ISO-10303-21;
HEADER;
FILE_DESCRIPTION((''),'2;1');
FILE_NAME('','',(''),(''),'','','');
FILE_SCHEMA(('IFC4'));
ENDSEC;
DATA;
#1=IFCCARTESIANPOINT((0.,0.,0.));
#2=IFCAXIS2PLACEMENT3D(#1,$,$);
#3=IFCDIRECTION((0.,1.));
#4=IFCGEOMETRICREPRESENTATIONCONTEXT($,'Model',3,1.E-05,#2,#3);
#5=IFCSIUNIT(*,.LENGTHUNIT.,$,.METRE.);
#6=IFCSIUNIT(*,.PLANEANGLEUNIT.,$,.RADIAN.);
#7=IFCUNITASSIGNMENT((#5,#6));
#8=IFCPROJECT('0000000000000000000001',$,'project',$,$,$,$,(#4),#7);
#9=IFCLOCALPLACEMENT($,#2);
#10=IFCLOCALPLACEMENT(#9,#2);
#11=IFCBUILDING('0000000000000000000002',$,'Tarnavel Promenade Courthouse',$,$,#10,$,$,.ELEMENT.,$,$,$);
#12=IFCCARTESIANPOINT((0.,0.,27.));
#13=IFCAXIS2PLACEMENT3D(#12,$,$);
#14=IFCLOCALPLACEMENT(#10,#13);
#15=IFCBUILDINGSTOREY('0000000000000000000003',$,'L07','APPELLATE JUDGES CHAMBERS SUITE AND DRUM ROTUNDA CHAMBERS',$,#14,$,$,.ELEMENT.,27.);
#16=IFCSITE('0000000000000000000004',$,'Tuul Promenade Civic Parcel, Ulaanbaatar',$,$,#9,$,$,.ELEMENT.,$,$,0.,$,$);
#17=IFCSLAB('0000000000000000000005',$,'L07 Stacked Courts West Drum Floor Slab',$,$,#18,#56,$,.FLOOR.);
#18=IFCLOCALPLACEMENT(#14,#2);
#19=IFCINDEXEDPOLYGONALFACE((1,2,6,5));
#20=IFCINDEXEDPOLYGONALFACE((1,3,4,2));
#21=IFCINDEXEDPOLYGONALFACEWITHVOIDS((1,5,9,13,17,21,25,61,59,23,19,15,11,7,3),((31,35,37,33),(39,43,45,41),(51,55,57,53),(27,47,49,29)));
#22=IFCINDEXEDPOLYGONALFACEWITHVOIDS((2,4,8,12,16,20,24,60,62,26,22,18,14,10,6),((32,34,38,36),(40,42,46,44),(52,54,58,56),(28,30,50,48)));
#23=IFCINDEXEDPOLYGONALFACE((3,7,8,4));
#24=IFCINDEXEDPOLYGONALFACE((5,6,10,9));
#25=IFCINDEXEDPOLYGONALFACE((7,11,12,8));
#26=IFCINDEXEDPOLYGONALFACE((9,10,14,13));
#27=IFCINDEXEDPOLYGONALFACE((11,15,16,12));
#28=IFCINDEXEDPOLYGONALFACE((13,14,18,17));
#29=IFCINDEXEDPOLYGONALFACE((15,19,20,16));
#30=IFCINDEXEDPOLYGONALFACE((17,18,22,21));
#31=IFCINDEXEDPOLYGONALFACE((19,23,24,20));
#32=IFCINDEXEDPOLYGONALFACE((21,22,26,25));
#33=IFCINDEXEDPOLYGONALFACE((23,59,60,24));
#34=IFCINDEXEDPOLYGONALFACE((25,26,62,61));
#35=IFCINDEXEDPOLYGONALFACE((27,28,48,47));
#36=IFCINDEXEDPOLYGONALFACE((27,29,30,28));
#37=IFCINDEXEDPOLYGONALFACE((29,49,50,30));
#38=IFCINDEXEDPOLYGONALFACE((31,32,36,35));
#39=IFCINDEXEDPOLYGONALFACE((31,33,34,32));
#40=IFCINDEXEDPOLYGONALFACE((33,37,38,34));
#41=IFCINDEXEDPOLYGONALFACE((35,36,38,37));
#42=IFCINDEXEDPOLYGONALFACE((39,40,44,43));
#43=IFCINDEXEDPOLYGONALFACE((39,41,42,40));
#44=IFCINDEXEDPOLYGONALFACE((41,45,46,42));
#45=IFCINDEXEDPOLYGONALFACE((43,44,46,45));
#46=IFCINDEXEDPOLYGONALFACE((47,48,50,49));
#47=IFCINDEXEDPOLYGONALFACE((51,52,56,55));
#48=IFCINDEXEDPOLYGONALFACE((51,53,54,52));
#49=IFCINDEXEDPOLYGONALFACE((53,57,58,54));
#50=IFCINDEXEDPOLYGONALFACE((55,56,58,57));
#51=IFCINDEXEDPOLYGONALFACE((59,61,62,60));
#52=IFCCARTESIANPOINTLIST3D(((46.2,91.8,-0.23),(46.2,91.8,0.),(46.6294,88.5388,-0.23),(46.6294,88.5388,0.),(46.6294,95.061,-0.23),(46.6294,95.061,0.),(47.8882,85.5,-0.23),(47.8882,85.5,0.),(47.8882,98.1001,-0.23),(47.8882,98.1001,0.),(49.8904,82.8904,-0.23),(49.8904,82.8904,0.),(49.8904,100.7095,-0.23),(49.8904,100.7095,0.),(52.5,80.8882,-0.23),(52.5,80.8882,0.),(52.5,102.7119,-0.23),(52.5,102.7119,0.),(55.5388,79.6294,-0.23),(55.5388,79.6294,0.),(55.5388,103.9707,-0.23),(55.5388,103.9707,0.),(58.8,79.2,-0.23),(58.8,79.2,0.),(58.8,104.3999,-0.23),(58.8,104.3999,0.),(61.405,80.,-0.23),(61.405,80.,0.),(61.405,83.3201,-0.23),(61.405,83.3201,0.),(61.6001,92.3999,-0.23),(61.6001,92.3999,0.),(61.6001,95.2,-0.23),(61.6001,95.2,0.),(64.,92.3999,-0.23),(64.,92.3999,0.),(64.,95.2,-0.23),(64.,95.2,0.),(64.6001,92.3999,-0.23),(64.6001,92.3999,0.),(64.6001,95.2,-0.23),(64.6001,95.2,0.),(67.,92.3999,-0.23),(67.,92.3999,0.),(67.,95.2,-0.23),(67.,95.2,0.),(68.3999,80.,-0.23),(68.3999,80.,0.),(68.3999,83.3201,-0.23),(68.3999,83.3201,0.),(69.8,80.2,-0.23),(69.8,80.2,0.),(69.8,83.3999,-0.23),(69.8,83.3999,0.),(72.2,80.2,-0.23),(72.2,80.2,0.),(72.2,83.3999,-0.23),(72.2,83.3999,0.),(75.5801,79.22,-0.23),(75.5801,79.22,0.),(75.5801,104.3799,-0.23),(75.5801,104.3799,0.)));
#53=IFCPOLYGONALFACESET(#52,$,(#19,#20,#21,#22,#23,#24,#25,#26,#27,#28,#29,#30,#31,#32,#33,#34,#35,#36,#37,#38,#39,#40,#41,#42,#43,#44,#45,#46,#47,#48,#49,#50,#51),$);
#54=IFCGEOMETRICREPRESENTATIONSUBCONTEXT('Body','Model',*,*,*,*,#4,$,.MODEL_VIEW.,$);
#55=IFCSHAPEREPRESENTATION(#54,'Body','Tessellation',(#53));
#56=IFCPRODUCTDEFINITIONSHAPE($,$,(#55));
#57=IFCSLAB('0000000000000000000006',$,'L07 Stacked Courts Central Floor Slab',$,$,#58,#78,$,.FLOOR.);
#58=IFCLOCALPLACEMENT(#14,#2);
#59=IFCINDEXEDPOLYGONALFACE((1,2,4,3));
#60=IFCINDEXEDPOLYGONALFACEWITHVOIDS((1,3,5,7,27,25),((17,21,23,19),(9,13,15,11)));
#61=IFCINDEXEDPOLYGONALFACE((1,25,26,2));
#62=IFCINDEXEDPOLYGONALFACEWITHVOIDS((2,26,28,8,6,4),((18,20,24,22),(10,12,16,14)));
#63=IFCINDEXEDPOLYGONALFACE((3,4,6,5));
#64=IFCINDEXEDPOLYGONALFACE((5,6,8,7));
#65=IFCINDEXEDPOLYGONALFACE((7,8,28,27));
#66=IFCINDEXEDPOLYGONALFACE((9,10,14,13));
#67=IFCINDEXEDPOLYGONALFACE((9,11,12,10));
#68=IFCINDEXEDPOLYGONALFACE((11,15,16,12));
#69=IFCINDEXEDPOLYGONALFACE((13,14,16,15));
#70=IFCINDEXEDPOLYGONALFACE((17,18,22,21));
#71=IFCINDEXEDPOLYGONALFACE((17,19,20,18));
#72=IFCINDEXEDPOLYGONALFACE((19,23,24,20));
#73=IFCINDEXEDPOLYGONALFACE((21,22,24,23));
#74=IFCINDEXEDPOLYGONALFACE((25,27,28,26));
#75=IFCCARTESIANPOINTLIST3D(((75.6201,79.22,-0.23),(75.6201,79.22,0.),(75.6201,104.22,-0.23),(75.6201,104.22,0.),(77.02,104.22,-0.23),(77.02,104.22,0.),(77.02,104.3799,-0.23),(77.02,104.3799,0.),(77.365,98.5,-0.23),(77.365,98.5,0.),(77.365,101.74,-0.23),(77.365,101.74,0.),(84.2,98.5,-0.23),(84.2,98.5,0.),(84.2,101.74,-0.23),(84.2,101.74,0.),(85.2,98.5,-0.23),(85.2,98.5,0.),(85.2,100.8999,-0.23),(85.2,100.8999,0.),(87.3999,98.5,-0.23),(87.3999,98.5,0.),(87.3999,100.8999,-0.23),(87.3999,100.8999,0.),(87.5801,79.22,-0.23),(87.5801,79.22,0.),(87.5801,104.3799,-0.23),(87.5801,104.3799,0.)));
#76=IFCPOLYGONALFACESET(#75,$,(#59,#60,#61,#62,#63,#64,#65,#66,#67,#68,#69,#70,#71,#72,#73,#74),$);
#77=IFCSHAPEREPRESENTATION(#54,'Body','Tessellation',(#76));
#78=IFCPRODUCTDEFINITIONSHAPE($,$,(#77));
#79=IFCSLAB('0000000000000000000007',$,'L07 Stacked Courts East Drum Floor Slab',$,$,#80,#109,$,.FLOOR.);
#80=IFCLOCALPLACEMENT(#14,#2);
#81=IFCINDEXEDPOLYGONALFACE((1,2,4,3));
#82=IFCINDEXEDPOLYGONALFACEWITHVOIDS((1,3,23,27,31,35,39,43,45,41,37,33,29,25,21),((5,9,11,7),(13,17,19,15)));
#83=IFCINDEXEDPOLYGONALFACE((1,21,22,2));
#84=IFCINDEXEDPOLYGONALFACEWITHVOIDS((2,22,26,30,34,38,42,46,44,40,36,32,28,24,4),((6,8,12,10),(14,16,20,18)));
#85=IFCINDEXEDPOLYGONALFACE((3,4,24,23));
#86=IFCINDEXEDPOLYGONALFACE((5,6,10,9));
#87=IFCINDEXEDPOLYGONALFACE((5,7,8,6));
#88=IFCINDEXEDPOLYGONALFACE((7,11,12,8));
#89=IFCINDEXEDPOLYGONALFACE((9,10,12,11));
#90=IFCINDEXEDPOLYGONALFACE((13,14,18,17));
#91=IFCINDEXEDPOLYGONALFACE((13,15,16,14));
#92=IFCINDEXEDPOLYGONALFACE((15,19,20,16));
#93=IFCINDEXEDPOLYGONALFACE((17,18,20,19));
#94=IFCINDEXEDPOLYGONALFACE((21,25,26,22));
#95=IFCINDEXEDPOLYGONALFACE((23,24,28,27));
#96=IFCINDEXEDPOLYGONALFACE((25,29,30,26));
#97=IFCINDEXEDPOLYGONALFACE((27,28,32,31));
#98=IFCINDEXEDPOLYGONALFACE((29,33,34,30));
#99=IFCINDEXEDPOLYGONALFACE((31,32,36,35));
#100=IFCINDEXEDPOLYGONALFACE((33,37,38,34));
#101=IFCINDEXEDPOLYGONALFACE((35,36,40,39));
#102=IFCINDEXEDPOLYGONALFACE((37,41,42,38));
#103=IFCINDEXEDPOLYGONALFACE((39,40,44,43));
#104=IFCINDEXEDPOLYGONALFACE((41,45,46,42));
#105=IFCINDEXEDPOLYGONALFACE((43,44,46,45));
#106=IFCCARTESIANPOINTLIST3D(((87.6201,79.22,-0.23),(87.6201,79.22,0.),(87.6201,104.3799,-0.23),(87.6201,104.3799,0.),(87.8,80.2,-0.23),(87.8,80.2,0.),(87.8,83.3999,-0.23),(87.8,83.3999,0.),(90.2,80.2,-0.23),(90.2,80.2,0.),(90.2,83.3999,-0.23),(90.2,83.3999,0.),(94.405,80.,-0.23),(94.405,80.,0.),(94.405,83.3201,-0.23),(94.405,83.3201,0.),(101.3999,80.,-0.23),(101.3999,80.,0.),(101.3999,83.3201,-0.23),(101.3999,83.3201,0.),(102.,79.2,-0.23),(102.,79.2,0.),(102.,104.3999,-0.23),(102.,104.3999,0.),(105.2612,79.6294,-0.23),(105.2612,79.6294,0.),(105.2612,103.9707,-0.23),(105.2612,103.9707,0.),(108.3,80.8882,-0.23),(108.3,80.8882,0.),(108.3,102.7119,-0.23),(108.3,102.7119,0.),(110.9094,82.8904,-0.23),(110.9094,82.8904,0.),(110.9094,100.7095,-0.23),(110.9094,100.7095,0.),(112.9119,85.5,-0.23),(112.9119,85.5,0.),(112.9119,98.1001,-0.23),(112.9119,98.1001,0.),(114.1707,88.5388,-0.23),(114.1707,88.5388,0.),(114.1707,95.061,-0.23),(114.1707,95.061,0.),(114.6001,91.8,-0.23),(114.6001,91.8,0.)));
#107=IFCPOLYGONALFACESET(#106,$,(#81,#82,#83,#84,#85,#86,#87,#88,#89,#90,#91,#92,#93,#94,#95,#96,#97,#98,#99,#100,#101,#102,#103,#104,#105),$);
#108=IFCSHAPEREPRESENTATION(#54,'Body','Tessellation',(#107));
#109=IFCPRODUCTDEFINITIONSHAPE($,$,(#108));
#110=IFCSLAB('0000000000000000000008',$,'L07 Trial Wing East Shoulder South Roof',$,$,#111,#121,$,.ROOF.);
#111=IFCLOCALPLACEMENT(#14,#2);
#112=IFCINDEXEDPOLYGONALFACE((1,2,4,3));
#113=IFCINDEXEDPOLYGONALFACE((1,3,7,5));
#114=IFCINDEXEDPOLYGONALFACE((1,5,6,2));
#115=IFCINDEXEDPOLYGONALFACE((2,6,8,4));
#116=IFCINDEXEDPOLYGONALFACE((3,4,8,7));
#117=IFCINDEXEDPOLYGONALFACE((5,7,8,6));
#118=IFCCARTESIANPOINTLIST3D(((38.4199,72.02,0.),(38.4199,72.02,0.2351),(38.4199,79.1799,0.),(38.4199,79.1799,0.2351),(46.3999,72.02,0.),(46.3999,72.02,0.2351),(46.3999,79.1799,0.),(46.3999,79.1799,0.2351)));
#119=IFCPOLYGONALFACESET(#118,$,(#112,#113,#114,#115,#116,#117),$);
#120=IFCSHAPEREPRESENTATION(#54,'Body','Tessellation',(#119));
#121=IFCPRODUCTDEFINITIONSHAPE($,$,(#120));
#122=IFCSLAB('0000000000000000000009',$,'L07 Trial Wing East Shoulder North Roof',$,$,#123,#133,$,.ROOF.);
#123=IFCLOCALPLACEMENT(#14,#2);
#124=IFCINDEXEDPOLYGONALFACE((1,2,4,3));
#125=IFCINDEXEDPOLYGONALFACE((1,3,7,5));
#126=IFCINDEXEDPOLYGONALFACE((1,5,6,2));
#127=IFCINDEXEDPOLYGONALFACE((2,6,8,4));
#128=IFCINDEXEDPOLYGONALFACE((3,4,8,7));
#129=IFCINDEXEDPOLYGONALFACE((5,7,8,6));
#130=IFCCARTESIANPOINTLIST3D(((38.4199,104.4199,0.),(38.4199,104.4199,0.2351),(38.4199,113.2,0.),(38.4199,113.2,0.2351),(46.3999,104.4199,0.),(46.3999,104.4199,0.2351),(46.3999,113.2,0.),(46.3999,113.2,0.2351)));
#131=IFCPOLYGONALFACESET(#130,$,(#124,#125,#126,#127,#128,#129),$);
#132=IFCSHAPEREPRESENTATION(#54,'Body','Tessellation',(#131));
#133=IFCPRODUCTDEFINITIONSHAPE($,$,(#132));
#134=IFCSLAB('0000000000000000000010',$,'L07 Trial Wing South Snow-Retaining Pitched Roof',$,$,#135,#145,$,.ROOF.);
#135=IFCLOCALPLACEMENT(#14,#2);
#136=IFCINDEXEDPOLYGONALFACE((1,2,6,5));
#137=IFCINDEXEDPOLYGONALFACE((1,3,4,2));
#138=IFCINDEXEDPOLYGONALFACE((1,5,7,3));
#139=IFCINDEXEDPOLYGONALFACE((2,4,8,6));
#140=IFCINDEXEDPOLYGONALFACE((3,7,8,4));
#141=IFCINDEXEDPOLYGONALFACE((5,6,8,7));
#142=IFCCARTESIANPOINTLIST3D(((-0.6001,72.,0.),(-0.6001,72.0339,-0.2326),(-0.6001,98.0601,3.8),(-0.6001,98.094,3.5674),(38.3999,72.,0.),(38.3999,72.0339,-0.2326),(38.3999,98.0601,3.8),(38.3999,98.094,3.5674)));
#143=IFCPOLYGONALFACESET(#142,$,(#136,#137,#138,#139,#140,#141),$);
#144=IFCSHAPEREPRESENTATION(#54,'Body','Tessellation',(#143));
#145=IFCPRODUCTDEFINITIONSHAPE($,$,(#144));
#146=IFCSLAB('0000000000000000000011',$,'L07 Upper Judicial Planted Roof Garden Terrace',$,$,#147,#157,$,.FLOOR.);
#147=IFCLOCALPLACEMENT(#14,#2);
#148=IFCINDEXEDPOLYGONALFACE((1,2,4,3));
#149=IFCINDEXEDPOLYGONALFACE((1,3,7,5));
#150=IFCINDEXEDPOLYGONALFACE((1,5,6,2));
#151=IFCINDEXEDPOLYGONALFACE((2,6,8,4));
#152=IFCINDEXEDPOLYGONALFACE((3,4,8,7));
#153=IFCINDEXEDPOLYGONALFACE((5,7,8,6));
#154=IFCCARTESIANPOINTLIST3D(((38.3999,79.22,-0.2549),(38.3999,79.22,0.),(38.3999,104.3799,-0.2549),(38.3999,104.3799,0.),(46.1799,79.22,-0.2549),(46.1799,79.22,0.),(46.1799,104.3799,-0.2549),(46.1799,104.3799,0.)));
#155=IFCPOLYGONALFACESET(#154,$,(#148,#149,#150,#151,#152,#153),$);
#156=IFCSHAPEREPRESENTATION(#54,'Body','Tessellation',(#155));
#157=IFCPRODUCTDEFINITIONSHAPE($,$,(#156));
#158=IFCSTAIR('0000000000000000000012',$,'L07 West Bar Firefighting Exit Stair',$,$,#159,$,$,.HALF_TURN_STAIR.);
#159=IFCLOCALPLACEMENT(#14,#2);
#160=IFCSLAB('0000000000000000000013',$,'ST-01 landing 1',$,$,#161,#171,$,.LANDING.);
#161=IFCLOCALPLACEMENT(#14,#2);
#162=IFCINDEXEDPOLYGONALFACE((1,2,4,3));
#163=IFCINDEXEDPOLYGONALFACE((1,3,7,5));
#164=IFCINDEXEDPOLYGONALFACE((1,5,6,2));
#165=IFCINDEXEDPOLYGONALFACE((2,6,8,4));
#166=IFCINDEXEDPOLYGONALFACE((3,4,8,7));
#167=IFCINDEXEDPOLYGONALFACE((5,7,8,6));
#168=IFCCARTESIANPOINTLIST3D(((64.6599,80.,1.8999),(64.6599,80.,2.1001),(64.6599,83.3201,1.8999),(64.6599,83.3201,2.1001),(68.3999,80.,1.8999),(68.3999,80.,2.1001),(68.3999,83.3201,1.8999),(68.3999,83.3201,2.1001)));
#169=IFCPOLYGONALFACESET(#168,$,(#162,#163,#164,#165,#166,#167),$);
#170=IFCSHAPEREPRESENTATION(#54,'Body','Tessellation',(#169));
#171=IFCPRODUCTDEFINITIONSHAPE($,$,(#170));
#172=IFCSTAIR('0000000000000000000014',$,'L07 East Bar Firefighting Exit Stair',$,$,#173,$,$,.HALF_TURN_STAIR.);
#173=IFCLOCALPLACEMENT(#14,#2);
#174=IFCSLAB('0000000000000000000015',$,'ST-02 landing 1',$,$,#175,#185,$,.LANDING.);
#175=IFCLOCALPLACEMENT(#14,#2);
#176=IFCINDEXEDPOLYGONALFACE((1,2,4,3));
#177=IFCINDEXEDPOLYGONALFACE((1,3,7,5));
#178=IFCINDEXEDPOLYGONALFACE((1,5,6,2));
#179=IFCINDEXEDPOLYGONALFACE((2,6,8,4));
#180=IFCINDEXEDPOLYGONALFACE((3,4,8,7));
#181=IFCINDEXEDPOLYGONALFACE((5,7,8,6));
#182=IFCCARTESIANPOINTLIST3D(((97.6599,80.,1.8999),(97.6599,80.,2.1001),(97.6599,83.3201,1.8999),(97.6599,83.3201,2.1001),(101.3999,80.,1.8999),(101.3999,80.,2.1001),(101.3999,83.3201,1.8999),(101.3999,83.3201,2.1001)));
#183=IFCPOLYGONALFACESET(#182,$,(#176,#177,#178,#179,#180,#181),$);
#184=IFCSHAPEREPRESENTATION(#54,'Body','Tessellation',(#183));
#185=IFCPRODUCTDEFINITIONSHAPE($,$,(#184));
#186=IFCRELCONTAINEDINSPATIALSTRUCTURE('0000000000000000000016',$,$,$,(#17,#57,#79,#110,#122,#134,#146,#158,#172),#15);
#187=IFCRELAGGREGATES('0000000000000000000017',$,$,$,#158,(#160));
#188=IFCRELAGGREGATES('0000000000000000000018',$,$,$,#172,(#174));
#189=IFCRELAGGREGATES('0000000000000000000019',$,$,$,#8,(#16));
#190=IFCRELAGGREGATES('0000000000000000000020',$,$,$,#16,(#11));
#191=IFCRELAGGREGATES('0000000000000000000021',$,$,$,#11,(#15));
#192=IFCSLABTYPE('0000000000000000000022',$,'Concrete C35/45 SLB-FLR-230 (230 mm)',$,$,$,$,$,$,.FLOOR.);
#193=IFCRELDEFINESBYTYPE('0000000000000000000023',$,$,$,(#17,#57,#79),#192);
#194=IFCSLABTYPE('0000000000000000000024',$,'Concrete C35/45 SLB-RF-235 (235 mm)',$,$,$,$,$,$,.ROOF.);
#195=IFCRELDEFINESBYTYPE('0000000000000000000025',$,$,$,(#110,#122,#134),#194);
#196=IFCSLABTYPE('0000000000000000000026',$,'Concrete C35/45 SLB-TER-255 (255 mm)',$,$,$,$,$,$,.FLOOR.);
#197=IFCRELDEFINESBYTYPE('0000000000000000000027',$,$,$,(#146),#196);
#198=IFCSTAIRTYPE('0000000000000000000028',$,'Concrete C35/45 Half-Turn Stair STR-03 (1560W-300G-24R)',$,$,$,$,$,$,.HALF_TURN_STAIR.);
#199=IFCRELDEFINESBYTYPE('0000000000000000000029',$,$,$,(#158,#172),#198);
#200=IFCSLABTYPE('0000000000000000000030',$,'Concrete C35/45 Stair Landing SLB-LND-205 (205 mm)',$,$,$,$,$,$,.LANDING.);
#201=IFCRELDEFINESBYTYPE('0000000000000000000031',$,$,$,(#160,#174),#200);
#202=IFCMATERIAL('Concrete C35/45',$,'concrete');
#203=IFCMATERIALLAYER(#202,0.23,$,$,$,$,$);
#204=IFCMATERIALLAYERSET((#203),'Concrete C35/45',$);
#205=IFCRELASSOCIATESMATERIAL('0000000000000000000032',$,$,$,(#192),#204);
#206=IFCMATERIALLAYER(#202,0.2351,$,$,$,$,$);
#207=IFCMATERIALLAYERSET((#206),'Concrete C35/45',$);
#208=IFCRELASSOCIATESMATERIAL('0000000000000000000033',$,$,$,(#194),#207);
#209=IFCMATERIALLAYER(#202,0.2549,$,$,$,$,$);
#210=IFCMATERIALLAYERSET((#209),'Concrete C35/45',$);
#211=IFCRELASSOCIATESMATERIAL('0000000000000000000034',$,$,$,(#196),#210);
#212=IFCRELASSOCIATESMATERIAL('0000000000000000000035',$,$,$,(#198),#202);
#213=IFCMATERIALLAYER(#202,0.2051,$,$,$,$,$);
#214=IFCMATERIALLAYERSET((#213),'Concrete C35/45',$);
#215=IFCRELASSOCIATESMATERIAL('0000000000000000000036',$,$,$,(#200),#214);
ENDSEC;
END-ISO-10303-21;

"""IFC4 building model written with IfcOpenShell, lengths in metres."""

from ifc_helpers import new_model, si_unit, direction, frame, origin, place, context, subcontext, project, spatial, polyline, outline, extrude, material, layer, layer_set, type_object, element, aggregate, save


model = new_model("IFC4")

# Units and contexts
model_context = context("Model", 3, precision=1e-05, world=origin(), true_north=direction((0.0, 1.0)))
body_context = subcontext(model_context, "Body", "Model", "MODEL_VIEW")
ifc_project = project(units=[si_unit("LENGTHUNIT", "METRE"), si_unit("PLANEANGLEUNIT", "RADIAN")], contexts=[model_context])

# Site, building, storey
site_placement = place(None, origin())
site = spatial("IfcSite", under=ifc_project, at=site_placement, Name="Tuul Promenade Civic Parcel, Ulaanbaatar", CompositionType="ELEMENT", RefElevation=0.0)
building_placement = place(site_placement, origin())
building = spatial("IfcBuilding", under=site, at=building_placement, Name="Tarnavel Promenade Courthouse", CompositionType="ELEMENT")
storey_placement = place(building_placement, frame((0.0, 0.0, 27.0)))
storey = spatial("IfcBuildingStorey", under=building, at=storey_placement, Name="L07", Description="APPELLATE JUDGES CHAMBERS SUITE AND DRUM ROTUNDA CHAMBERS", CompositionType="ELEMENT", Elevation=27.0)

# Slabs
ifc_material_1 = material(Name="Concrete C35/45", Category="concrete")
ifc_layer_1 = layer(ifc_material_1, 0.23)
ifc_layer_set_1 = layer_set([ifc_layer_1], Name="Concrete C35/45")
slab_type_1 = type_object("IfcSlabType", Name="Concrete C35/45 SLB-FLR-230 (230 mm)", PredefinedType="FLOOR", material=ifc_layer_set_1)
slab_1_placement = place(storey_placement, frame((0.0, 0.0, -0.23)))
element("IfcSlab", 1, at=slab_1_placement, inside=storey, type_object=slab_type_1, Name="L07 Stacked Courts West Drum Floor Slab", PredefinedType="FLOOR", context=body_context, shape_type="SweptSolid", body=[
    extrude(outline(polyline([(75.5801, 79.22), (75.5801, 104.3799), (58.8, 104.3999), (55.5388, 103.9707), (52.5, 102.7119), (49.8904, 100.7095), (47.8882, 98.1001), (46.6294, 95.061), (46.2, 91.8), (46.6294, 88.5388), (47.8882, 85.5), (49.8904, 82.8904), (52.5, 80.8882), (55.5388, 79.6294), (58.8, 79.2), (75.5801, 79.22)]), holes=[polyline([(61.405, 80.0), (68.3999, 80.0), (68.3999, 83.3201), (61.405, 83.3201), (61.405, 80.0)]), polyline([(69.8, 80.2), (72.2, 80.2), (72.2, 83.3999), (69.8, 83.3999), (69.8, 80.2)]), polyline([(61.6001, 92.3999), (64.0, 92.3999), (64.0, 95.2), (61.6001, 95.2), (61.6001, 92.3999)]), polyline([(64.6001, 92.3999), (67.0, 92.3999), (67.0, 95.2), (64.6001, 95.2), (64.6001, 92.3999)])]), origin(), (0.0, 0.0, 1.0), 0.23),
])
slab_2_placement = place(storey_placement, frame((0.0, 0.0, -0.23)))
element("IfcSlab", 2, at=slab_2_placement, inside=storey, type_object=slab_type_1, Name="L07 Stacked Courts Central Floor Slab", PredefinedType="FLOOR", context=body_context, shape_type="SweptSolid", body=[
    extrude(outline(polyline([(75.6201, 79.22), (87.5801, 79.22), (87.5801, 104.3799), (77.02, 104.3799), (77.02, 104.22), (75.6201, 104.22), (75.6201, 79.22)]), holes=[polyline([(77.365, 98.5), (84.2, 98.5), (84.2, 101.74), (77.365, 101.74), (77.365, 98.5)]), polyline([(85.2, 98.5), (87.3999, 98.5), (87.3999, 100.8999), (85.2, 100.8999), (85.2, 98.5)])]), origin(), (0.0, 0.0, 1.0), 0.23),
])
slab_3_placement = place(storey_placement, frame((0.0, 0.0, -0.23)))
element("IfcSlab", 3, at=slab_3_placement, inside=storey, type_object=slab_type_1, Name="L07 Stacked Courts East Drum Floor Slab", PredefinedType="FLOOR", context=body_context, shape_type="SweptSolid", body=[
    extrude(outline(polyline([(87.6201, 104.3799), (87.6201, 79.22), (102.0, 79.2), (105.2612, 79.6294), (108.3, 80.8882), (110.9094, 82.8904), (112.9119, 85.5), (114.1707, 88.5388), (114.6001, 91.8), (114.1707, 95.061), (112.9119, 98.1001), (110.9094, 100.7095), (108.3, 102.7119), (105.2612, 103.9707), (102.0, 104.3999), (87.6201, 104.3799)]), holes=[polyline([(94.405, 80.0), (101.3999, 80.0), (101.3999, 83.3201), (94.405, 83.3201), (94.405, 80.0)]), polyline([(87.8, 80.2), (90.2, 80.2), (90.2, 83.3999), (87.8, 83.3999), (87.8, 80.2)])]), origin(), (0.0, 0.0, 1.0), 0.23),
])
ifc_layer_2 = layer(ifc_material_1, 0.2351)
ifc_layer_set_2 = layer_set([ifc_layer_2], Name="Concrete C35/45")
slab_type_2 = type_object("IfcSlabType", Name="Concrete C35/45 SLB-RF-235 (235 mm)", PredefinedType="ROOF", material=ifc_layer_set_2)
slab_4_placement = place(storey_placement, origin())
element("IfcSlab", 4, at=slab_4_placement, inside=storey, type_object=slab_type_2, Name="L07 Trial Wing East Shoulder South Roof", PredefinedType="ROOF", context=body_context, shape_type="SweptSolid", body=[
    extrude(outline(polyline([(38.4199, 72.02), (46.3999, 72.02), (46.3999, 79.1799), (38.4199, 79.1799), (38.4199, 72.02)])), origin(), (0.0, 0.0, 1.0), 0.2351),
])
slab_5_placement = place(storey_placement, origin())
element("IfcSlab", 5, at=slab_5_placement, inside=storey, type_object=slab_type_2, Name="L07 Trial Wing East Shoulder North Roof", PredefinedType="ROOF", context=body_context, shape_type="SweptSolid", body=[
    extrude(outline(polyline([(38.4199, 104.4199), (46.3999, 104.4199), (46.3999, 113.2), (38.4199, 113.2), (38.4199, 104.4199)])), origin(), (0.0, 0.0, 1.0), 0.2351),
])
slab_6_placement = place(storey_placement, frame((-0.6001, 72.0, 0.0), z_axis=(0.0, -0.144293, 0.989535), x_axis=(1.0, 0.0, 0.0)))
element("IfcSlab", 6, at=slab_6_placement, inside=storey, type_object=slab_type_2, Name="L07 Trial Wing South Snow-Retaining Pitched Roof", PredefinedType="ROOF", context=body_context, shape_type="SweptSolid", body=[
    extrude(outline(polyline([(0.0, 0.0), (39.0, 0.0), (39.0, 26.3357), (0.0, 26.3357), (0.0, 0.0)])), origin(), (0.0, 0.0, -1.0), 0.2351),
])
ifc_layer_3 = layer(ifc_material_1, 0.2549)
ifc_layer_set_3 = layer_set([ifc_layer_3], Name="Concrete C35/45")
slab_type_3 = type_object("IfcSlabType", Name="Concrete C35/45 SLB-TER-255 (255 mm)", PredefinedType="FLOOR", material=ifc_layer_set_3)
slab_7_placement = place(storey_placement, frame((0.0, 0.0, -0.2549)))
element("IfcSlab", 7, at=slab_7_placement, inside=storey, type_object=slab_type_3, Name="L07 Upper Judicial Planted Roof Garden Terrace", PredefinedType="FLOOR", context=body_context, shape_type="SweptSolid", body=[
    extrude(outline(polyline([(38.3999, 79.22), (46.1799, 79.22), (46.1799, 104.3799), (38.3999, 104.3799), (38.3999, 79.22)])), origin(), (0.0, 0.0, 1.0), 0.2549),
])

# Stairs, slabs
stair_type_1 = type_object("IfcStairType", Name="Concrete C35/45 Half-Turn Stair STR-03 (1560W-300G-24R)", PredefinedType="HALF_TURN_STAIR", material=ifc_material_1)
stair_1_placement = place(storey_placement, origin())
stair_1 = element("IfcStair", 8, at=stair_1_placement, inside=storey, type_object=stair_type_1, Name="L07 West Bar Firefighting Exit Stair", PredefinedType="HALF_TURN_STAIR")
ifc_layer_4 = layer(ifc_material_1, 0.2051)
ifc_layer_set_4 = layer_set([ifc_layer_4], Name="Concrete C35/45")
slab_type_4 = type_object("IfcSlabType", Name="Concrete C35/45 Stair Landing SLB-LND-205 (205 mm)", PredefinedType="LANDING", material=ifc_layer_set_4)
slab_8_placement = place(storey_placement, frame((0.0, 0.0, 1.8999)))
slab_8 = element("IfcSlab", 9, at=slab_8_placement, type_object=slab_type_4, Name="ST-01 landing 1", PredefinedType="LANDING", context=body_context, shape_type="SweptSolid", body=[
    extrude(outline(polyline([(64.6599, 80.0), (68.3999, 80.0), (68.3999, 83.3201), (64.6599, 83.3201), (64.6599, 80.0)])), origin(), (0.0, 0.0, 1.0), 0.2002),
])
aggregate(stair_1, [slab_8])
stair_2_placement = place(storey_placement, origin())
stair_2 = element("IfcStair", 10, at=stair_2_placement, inside=storey, type_object=stair_type_1, Name="L07 East Bar Firefighting Exit Stair", PredefinedType="HALF_TURN_STAIR")
slab_9_placement = place(storey_placement, frame((0.0, 0.0, 1.8999)))
slab_9 = element("IfcSlab", 11, at=slab_9_placement, type_object=slab_type_4, Name="ST-02 landing 1", PredefinedType="LANDING", context=body_context, shape_type="SweptSolid", body=[
    extrude(outline(polyline([(97.6599, 80.0), (101.3999, 80.0), (101.3999, 83.3201), (97.6599, 83.3201), (97.6599, 80.0)])), origin(), (0.0, 0.0, 1.0), 0.2002),
])
aggregate(stair_2, [slab_9])

save(model, "model.ifc")
